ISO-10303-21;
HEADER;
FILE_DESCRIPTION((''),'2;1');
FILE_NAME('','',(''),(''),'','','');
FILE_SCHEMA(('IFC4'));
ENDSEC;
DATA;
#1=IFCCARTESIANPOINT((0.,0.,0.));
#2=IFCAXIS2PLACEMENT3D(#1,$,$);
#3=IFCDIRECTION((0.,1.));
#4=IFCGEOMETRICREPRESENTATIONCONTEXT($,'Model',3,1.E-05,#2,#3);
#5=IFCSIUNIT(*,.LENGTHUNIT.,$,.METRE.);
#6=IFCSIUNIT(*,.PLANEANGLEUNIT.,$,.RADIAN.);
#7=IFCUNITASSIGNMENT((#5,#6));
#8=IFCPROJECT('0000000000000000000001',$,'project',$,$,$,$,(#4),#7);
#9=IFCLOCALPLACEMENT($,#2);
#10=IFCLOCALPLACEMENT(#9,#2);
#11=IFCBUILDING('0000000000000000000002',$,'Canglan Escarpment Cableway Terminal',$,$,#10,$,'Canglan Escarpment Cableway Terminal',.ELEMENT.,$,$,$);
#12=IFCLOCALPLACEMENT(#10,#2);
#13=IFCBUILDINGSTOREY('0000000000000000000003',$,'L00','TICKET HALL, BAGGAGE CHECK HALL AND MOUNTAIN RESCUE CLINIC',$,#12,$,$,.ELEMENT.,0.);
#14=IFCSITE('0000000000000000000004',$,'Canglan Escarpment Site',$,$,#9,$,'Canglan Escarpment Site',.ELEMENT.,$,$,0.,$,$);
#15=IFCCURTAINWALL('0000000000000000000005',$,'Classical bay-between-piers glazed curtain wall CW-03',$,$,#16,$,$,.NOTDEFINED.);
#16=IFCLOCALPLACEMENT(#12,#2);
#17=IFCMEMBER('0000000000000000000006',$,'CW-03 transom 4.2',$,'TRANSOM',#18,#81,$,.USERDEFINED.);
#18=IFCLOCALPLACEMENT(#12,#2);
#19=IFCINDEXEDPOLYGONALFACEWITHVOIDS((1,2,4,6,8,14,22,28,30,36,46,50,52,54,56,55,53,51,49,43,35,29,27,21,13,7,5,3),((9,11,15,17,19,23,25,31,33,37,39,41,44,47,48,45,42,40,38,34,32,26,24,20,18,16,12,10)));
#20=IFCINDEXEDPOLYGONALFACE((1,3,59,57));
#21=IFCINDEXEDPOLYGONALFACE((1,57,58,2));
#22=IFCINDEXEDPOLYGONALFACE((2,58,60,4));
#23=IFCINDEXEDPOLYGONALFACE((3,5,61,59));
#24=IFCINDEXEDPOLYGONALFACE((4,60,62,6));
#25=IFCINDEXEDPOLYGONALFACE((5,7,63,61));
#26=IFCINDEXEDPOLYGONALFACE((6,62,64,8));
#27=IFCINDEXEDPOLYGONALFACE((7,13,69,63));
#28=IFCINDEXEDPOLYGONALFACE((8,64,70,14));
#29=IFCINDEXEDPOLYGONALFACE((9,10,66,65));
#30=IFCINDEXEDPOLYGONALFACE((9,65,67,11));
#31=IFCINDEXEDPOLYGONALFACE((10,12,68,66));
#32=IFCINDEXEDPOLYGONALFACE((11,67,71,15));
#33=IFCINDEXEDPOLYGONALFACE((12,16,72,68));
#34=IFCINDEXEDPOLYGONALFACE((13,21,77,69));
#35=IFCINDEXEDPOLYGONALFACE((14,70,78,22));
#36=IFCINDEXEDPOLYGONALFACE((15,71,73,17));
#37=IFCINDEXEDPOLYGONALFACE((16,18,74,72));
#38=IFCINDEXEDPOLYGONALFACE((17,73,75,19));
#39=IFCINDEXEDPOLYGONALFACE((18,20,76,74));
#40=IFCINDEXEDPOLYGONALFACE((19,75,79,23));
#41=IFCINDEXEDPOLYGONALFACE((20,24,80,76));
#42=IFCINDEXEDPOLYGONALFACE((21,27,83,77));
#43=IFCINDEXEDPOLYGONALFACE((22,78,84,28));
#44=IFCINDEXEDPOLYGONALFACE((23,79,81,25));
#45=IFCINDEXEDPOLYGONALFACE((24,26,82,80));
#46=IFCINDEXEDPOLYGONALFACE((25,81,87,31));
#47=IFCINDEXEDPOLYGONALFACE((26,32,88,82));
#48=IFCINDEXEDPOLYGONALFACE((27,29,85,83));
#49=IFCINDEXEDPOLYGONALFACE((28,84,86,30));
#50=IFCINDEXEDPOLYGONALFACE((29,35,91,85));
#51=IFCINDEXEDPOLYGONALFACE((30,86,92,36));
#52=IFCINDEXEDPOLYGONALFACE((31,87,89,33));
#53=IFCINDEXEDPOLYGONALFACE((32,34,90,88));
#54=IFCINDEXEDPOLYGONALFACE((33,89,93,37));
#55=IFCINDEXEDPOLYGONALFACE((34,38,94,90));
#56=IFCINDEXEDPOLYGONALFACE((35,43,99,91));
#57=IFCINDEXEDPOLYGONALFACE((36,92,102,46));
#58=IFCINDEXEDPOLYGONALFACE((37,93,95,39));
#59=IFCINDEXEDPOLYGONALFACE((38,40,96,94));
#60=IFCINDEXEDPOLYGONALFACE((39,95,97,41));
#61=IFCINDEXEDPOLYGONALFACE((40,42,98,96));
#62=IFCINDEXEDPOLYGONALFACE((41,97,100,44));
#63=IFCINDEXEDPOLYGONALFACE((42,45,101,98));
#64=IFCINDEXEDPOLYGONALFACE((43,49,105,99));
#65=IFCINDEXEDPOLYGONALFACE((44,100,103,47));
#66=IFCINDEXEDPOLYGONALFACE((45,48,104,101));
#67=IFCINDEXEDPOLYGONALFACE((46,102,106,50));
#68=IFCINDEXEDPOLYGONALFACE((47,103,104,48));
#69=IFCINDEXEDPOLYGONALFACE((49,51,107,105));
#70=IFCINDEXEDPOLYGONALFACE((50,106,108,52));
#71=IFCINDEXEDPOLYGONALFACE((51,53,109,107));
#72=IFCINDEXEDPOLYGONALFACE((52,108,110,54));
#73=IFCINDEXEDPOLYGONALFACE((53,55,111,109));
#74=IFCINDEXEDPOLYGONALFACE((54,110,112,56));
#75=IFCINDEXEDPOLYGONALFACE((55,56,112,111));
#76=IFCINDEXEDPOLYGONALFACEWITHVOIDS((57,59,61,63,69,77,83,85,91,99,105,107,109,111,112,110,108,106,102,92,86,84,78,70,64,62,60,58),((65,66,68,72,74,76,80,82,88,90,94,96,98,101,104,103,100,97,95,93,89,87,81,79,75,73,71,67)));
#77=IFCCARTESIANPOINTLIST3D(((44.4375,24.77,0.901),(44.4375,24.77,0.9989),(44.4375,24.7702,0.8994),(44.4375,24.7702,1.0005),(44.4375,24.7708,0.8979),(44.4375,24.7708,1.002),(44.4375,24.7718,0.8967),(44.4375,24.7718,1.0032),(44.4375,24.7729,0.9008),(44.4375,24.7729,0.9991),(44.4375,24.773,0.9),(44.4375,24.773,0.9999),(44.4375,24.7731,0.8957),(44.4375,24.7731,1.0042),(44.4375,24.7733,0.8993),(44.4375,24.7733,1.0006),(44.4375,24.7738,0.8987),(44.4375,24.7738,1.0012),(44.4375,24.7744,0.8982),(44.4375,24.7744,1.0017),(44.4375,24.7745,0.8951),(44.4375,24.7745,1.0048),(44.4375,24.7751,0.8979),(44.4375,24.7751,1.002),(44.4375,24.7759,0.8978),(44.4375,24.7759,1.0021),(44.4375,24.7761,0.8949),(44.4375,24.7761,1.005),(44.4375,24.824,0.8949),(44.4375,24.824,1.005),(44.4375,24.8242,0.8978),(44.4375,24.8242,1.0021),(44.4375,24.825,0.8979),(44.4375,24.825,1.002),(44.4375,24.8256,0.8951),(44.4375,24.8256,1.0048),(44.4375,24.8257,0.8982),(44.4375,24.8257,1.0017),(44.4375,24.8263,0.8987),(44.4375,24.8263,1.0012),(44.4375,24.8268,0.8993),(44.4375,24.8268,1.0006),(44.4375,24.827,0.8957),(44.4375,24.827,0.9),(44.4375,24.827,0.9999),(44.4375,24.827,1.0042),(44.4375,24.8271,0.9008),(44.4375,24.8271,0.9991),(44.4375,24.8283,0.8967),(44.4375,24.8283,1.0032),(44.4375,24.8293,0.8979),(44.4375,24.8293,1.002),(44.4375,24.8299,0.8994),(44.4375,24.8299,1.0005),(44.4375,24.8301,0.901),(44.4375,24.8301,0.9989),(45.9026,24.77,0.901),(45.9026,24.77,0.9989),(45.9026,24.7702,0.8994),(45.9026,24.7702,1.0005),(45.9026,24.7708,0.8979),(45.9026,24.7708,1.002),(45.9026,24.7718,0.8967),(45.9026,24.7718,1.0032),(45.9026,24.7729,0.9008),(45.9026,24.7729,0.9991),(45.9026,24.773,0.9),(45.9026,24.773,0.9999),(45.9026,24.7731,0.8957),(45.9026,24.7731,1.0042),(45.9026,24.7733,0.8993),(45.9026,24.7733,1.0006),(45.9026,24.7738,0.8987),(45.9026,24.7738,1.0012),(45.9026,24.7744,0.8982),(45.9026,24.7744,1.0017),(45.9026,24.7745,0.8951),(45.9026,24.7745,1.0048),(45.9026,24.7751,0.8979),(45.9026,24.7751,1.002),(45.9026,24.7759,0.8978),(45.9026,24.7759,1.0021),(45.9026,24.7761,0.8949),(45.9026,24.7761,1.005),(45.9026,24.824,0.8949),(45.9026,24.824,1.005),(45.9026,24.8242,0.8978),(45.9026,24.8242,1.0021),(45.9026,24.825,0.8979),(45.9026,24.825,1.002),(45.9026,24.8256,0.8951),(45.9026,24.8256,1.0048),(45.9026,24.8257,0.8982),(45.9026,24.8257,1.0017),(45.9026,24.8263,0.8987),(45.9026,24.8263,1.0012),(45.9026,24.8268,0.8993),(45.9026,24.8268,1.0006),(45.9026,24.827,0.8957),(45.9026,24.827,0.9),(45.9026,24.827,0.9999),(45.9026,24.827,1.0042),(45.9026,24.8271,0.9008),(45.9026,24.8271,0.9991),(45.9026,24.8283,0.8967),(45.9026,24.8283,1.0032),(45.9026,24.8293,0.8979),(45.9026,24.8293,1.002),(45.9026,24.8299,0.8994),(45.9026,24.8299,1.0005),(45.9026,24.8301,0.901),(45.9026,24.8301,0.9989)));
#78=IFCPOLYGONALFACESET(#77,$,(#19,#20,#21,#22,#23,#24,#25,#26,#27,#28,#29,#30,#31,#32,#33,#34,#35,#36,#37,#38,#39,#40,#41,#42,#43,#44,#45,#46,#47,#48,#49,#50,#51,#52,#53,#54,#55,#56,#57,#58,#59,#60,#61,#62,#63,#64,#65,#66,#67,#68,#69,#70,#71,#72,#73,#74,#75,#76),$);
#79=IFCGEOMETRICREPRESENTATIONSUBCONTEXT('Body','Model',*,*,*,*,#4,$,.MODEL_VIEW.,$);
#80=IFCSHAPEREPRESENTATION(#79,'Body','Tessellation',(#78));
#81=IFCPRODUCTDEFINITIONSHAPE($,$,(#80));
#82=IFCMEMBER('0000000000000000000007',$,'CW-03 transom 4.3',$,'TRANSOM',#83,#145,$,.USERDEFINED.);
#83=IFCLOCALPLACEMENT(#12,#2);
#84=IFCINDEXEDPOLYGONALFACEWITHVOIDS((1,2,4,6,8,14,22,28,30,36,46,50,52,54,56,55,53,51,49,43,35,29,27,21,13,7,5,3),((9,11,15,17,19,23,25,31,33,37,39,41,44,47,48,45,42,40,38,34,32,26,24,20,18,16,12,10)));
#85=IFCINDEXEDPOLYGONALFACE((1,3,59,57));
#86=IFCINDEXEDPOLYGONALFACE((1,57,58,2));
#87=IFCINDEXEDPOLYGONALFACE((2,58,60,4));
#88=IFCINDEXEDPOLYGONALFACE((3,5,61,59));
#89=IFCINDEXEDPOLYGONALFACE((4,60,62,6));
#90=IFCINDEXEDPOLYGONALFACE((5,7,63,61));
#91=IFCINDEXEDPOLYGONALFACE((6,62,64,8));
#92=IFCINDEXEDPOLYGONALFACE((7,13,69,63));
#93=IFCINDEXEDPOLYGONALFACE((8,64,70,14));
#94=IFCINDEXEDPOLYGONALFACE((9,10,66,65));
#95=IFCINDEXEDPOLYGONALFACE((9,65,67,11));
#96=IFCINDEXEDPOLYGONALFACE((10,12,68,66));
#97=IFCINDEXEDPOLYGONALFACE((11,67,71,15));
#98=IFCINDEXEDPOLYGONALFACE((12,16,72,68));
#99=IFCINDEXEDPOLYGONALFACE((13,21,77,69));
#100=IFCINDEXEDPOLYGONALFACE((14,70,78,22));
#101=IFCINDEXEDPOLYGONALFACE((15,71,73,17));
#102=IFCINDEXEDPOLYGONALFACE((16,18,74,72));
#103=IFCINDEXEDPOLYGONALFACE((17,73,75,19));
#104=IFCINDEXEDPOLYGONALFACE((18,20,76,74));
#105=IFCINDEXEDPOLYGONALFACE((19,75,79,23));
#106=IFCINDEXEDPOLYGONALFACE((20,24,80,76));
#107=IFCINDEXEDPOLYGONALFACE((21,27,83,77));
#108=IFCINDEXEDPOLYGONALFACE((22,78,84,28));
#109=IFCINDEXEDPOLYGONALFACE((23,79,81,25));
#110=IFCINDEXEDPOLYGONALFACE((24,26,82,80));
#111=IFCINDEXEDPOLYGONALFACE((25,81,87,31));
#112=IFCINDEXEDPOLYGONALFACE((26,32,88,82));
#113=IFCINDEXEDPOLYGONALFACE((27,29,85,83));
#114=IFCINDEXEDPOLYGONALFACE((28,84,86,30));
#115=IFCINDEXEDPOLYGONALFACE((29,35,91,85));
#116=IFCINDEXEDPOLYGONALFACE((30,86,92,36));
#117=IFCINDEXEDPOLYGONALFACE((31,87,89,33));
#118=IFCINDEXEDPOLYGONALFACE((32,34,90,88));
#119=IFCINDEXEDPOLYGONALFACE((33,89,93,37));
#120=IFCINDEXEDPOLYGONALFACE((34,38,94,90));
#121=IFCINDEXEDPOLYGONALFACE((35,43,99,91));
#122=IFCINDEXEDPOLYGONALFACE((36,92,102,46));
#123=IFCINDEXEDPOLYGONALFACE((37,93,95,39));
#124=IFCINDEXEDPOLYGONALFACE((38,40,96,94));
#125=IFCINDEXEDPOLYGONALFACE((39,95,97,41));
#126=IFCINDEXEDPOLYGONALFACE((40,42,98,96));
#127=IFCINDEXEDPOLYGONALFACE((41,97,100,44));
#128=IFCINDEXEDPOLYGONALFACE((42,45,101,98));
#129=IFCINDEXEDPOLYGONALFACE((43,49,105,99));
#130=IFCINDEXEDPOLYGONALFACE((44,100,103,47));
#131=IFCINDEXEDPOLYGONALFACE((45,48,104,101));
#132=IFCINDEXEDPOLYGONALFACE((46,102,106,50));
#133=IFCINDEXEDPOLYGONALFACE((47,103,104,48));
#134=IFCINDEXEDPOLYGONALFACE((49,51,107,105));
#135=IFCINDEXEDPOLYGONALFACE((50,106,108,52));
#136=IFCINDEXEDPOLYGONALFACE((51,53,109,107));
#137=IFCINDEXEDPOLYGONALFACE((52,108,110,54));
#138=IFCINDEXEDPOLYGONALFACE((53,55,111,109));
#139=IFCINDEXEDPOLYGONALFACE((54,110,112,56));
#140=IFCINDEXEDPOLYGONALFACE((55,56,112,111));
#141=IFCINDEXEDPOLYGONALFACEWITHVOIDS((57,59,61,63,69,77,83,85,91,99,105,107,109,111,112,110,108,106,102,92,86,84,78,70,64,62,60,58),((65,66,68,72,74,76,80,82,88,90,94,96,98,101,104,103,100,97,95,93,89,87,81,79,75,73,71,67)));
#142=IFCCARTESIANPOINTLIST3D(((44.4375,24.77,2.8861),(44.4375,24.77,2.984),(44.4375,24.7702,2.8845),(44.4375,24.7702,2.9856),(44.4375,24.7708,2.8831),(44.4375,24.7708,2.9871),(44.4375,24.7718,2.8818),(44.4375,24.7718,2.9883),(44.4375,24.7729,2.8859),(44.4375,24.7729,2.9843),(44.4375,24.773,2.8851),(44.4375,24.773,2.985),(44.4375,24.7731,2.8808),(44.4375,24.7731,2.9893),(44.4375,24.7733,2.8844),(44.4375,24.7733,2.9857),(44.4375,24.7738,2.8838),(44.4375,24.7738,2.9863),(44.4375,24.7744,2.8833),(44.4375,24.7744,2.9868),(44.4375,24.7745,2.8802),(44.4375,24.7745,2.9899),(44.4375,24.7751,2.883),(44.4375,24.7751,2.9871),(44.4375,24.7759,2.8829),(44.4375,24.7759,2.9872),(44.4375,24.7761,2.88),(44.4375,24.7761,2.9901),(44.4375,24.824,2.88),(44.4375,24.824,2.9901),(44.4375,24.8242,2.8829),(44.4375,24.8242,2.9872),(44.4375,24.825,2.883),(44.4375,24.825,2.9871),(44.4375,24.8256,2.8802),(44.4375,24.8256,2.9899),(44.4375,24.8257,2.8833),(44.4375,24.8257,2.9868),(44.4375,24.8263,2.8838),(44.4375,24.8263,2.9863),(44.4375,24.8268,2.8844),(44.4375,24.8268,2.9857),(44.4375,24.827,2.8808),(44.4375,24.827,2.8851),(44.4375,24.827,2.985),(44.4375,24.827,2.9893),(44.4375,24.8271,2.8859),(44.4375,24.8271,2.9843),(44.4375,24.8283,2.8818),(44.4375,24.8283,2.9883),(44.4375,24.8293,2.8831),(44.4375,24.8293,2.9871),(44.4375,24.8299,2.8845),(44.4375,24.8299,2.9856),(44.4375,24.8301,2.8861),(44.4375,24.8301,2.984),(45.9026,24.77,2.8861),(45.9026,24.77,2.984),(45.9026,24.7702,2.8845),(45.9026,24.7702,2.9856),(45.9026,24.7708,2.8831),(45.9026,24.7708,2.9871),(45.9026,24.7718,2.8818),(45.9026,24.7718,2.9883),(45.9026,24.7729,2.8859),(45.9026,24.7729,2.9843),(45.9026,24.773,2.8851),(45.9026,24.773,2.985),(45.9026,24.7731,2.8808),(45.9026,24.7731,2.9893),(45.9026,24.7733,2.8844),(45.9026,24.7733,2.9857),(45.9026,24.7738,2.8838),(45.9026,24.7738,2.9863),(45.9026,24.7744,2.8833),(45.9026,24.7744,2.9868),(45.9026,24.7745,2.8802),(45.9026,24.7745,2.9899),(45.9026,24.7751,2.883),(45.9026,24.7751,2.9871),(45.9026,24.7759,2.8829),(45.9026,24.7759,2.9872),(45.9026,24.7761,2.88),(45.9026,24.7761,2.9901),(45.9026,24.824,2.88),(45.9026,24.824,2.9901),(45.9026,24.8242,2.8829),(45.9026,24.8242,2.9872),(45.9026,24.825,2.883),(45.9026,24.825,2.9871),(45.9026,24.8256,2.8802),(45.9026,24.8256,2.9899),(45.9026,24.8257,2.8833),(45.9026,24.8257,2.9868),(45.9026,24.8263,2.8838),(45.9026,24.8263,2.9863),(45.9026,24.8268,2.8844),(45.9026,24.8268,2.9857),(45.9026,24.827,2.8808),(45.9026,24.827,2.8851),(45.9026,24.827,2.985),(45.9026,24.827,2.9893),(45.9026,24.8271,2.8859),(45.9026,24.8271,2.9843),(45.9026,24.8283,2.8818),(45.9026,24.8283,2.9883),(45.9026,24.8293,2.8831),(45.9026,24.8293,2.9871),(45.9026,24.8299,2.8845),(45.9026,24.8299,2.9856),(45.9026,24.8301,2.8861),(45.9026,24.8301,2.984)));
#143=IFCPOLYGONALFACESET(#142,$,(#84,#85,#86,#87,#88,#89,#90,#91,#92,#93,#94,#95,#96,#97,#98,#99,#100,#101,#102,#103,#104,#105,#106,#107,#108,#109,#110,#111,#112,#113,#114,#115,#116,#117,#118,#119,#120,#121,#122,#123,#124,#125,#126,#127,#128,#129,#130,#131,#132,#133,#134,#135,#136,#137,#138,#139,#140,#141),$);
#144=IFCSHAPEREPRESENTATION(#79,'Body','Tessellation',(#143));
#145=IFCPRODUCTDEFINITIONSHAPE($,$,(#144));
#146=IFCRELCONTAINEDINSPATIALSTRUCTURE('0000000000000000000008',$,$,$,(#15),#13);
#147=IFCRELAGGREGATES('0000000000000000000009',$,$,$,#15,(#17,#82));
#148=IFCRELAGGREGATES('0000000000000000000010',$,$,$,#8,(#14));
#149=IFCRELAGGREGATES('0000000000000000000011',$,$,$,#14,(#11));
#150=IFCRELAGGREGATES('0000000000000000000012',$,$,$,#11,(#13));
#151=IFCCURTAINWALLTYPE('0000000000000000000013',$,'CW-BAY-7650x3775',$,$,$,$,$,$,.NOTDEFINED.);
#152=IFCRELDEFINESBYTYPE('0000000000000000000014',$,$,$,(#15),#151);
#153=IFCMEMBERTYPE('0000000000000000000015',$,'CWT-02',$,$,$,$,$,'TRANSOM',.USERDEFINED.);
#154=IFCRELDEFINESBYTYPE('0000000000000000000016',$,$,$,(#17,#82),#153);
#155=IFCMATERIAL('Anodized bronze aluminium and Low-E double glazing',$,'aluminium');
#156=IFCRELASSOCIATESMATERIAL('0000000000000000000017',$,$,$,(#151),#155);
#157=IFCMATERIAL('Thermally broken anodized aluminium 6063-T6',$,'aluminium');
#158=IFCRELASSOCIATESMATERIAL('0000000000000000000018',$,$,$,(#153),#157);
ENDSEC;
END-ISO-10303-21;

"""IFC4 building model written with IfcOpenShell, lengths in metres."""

from ifc_helpers import new_model, si_unit, direction, frame, origin, origin_2d, place, context, subcontext, project, spatial, hollow_rectangle, extrude, material, material_profile, profile_set, type_object, element, aggregate, save


model = new_model("IFC4")

# Units and contexts
model_context = context("Model", 3, precision=1e-05, world=origin(), true_north=direction((0.0, 1.0)))
body_context = subcontext(model_context, "Body", "Model", "MODEL_VIEW")
ifc_project = project(units=[si_unit("LENGTHUNIT", "METRE"), si_unit("PLANEANGLEUNIT", "RADIAN")], contexts=[model_context])

# Site, building, storey
site_placement = place(None, origin())
site = spatial("IfcSite", under=ifc_project, at=site_placement, Name="Canglan Escarpment Site", LongName="Canglan Escarpment Site", CompositionType="ELEMENT", RefElevation=0.0)
building_placement = place(site_placement, origin())
building = spatial("IfcBuilding", under=site, at=building_placement, Name="Canglan Escarpment Cableway Terminal", LongName="Canglan Escarpment Cableway Terminal", CompositionType="ELEMENT")
storey_placement = place(building_placement, origin())
storey = spatial("IfcBuildingStorey", under=building, at=storey_placement, Name="L00", Description="TICKET HALL, BAGGAGE CHECK HALL AND MOUNTAIN RESCUE CLINIC", CompositionType="ELEMENT", Elevation=0.0)

# Curtain wall, members
ifc_material_1 = material(Name="Anodized bronze aluminium and Low-E double glazing", Category="aluminium")
curtain_wall_type = type_object("IfcCurtainWallType", Name="CW-BAY-7650x3775", PredefinedType="NOTDEFINED", material=ifc_material_1)
curtain_wall_placement = place(storey_placement, origin())
curtain_wall = element("IfcCurtainWall", 1, at=curtain_wall_placement, inside=storey, type_object=curtain_wall_type, Name="Classical bay-between-piers glazed curtain wall CW-03", PredefinedType="NOTDEFINED")
ifc_material_2 = material(Name="Thermally broken anodized aluminium 6063-T6", Category="aluminium")
ifc_material_profile_1 = material_profile(ifc_material_2, hollow_rectangle(XDim=0.0601, YDim=0.1101, WallThickness=0.0029, InnerFilletRadius=0.0029, OuterFilletRadius=0.0061, at=origin_2d()), Name="ALU-TRAN 60x110x3")
ifc_profile_set_1 = profile_set([ifc_material_profile_1], Name="Thermally broken anodized aluminium 6063-T6")
member_type_1 = type_object("IfcMemberType", Name="CWT-02", ElementType="TRANSOM", PredefinedType="USERDEFINED", material=ifc_profile_set_1)
member_1_placement = place(storey_placement, frame((45.9026, 24.8, 0.95), z_axis=(-1.0, 0.0, 0.0), x_axis=(0.0, -1.0, 0.0)))
member_1 = element("IfcMember", 2, at=member_1_placement, type_object=member_type_1, Name="CW-03 transom 4.2", ObjectType="TRANSOM", PredefinedType="USERDEFINED", context=body_context, shape_type="SweptSolid", body=[
    extrude(hollow_rectangle(XDim=0.0601, YDim=0.1101, WallThickness=0.0029, InnerFilletRadius=0.0029, OuterFilletRadius=0.0061, at=origin_2d()), origin(), (0.0, 0.0, 1.0), 1.4651),
])
member_2_placement = place(storey_placement, frame((45.9026, 24.8, 2.9351), z_axis=(-1.0, 0.0, 0.0), x_axis=(0.0, -1.0, 0.0)))
member_2 = element("IfcMember", 3, at=member_2_placement, type_object=member_type_1, Name="CW-03 transom 4.3", ObjectType="TRANSOM", PredefinedType="USERDEFINED", context=body_context, shape_type="SweptSolid", body=[
    extrude(hollow_rectangle(XDim=0.0601, YDim=0.1101, WallThickness=0.0029, InnerFilletRadius=0.0029, OuterFilletRadius=0.0061, at=origin_2d()), origin(), (0.0, 0.0, 1.0), 1.4651),
])
aggregate(curtain_wall, [member_1, member_2])

save(model, "model.ifc")
